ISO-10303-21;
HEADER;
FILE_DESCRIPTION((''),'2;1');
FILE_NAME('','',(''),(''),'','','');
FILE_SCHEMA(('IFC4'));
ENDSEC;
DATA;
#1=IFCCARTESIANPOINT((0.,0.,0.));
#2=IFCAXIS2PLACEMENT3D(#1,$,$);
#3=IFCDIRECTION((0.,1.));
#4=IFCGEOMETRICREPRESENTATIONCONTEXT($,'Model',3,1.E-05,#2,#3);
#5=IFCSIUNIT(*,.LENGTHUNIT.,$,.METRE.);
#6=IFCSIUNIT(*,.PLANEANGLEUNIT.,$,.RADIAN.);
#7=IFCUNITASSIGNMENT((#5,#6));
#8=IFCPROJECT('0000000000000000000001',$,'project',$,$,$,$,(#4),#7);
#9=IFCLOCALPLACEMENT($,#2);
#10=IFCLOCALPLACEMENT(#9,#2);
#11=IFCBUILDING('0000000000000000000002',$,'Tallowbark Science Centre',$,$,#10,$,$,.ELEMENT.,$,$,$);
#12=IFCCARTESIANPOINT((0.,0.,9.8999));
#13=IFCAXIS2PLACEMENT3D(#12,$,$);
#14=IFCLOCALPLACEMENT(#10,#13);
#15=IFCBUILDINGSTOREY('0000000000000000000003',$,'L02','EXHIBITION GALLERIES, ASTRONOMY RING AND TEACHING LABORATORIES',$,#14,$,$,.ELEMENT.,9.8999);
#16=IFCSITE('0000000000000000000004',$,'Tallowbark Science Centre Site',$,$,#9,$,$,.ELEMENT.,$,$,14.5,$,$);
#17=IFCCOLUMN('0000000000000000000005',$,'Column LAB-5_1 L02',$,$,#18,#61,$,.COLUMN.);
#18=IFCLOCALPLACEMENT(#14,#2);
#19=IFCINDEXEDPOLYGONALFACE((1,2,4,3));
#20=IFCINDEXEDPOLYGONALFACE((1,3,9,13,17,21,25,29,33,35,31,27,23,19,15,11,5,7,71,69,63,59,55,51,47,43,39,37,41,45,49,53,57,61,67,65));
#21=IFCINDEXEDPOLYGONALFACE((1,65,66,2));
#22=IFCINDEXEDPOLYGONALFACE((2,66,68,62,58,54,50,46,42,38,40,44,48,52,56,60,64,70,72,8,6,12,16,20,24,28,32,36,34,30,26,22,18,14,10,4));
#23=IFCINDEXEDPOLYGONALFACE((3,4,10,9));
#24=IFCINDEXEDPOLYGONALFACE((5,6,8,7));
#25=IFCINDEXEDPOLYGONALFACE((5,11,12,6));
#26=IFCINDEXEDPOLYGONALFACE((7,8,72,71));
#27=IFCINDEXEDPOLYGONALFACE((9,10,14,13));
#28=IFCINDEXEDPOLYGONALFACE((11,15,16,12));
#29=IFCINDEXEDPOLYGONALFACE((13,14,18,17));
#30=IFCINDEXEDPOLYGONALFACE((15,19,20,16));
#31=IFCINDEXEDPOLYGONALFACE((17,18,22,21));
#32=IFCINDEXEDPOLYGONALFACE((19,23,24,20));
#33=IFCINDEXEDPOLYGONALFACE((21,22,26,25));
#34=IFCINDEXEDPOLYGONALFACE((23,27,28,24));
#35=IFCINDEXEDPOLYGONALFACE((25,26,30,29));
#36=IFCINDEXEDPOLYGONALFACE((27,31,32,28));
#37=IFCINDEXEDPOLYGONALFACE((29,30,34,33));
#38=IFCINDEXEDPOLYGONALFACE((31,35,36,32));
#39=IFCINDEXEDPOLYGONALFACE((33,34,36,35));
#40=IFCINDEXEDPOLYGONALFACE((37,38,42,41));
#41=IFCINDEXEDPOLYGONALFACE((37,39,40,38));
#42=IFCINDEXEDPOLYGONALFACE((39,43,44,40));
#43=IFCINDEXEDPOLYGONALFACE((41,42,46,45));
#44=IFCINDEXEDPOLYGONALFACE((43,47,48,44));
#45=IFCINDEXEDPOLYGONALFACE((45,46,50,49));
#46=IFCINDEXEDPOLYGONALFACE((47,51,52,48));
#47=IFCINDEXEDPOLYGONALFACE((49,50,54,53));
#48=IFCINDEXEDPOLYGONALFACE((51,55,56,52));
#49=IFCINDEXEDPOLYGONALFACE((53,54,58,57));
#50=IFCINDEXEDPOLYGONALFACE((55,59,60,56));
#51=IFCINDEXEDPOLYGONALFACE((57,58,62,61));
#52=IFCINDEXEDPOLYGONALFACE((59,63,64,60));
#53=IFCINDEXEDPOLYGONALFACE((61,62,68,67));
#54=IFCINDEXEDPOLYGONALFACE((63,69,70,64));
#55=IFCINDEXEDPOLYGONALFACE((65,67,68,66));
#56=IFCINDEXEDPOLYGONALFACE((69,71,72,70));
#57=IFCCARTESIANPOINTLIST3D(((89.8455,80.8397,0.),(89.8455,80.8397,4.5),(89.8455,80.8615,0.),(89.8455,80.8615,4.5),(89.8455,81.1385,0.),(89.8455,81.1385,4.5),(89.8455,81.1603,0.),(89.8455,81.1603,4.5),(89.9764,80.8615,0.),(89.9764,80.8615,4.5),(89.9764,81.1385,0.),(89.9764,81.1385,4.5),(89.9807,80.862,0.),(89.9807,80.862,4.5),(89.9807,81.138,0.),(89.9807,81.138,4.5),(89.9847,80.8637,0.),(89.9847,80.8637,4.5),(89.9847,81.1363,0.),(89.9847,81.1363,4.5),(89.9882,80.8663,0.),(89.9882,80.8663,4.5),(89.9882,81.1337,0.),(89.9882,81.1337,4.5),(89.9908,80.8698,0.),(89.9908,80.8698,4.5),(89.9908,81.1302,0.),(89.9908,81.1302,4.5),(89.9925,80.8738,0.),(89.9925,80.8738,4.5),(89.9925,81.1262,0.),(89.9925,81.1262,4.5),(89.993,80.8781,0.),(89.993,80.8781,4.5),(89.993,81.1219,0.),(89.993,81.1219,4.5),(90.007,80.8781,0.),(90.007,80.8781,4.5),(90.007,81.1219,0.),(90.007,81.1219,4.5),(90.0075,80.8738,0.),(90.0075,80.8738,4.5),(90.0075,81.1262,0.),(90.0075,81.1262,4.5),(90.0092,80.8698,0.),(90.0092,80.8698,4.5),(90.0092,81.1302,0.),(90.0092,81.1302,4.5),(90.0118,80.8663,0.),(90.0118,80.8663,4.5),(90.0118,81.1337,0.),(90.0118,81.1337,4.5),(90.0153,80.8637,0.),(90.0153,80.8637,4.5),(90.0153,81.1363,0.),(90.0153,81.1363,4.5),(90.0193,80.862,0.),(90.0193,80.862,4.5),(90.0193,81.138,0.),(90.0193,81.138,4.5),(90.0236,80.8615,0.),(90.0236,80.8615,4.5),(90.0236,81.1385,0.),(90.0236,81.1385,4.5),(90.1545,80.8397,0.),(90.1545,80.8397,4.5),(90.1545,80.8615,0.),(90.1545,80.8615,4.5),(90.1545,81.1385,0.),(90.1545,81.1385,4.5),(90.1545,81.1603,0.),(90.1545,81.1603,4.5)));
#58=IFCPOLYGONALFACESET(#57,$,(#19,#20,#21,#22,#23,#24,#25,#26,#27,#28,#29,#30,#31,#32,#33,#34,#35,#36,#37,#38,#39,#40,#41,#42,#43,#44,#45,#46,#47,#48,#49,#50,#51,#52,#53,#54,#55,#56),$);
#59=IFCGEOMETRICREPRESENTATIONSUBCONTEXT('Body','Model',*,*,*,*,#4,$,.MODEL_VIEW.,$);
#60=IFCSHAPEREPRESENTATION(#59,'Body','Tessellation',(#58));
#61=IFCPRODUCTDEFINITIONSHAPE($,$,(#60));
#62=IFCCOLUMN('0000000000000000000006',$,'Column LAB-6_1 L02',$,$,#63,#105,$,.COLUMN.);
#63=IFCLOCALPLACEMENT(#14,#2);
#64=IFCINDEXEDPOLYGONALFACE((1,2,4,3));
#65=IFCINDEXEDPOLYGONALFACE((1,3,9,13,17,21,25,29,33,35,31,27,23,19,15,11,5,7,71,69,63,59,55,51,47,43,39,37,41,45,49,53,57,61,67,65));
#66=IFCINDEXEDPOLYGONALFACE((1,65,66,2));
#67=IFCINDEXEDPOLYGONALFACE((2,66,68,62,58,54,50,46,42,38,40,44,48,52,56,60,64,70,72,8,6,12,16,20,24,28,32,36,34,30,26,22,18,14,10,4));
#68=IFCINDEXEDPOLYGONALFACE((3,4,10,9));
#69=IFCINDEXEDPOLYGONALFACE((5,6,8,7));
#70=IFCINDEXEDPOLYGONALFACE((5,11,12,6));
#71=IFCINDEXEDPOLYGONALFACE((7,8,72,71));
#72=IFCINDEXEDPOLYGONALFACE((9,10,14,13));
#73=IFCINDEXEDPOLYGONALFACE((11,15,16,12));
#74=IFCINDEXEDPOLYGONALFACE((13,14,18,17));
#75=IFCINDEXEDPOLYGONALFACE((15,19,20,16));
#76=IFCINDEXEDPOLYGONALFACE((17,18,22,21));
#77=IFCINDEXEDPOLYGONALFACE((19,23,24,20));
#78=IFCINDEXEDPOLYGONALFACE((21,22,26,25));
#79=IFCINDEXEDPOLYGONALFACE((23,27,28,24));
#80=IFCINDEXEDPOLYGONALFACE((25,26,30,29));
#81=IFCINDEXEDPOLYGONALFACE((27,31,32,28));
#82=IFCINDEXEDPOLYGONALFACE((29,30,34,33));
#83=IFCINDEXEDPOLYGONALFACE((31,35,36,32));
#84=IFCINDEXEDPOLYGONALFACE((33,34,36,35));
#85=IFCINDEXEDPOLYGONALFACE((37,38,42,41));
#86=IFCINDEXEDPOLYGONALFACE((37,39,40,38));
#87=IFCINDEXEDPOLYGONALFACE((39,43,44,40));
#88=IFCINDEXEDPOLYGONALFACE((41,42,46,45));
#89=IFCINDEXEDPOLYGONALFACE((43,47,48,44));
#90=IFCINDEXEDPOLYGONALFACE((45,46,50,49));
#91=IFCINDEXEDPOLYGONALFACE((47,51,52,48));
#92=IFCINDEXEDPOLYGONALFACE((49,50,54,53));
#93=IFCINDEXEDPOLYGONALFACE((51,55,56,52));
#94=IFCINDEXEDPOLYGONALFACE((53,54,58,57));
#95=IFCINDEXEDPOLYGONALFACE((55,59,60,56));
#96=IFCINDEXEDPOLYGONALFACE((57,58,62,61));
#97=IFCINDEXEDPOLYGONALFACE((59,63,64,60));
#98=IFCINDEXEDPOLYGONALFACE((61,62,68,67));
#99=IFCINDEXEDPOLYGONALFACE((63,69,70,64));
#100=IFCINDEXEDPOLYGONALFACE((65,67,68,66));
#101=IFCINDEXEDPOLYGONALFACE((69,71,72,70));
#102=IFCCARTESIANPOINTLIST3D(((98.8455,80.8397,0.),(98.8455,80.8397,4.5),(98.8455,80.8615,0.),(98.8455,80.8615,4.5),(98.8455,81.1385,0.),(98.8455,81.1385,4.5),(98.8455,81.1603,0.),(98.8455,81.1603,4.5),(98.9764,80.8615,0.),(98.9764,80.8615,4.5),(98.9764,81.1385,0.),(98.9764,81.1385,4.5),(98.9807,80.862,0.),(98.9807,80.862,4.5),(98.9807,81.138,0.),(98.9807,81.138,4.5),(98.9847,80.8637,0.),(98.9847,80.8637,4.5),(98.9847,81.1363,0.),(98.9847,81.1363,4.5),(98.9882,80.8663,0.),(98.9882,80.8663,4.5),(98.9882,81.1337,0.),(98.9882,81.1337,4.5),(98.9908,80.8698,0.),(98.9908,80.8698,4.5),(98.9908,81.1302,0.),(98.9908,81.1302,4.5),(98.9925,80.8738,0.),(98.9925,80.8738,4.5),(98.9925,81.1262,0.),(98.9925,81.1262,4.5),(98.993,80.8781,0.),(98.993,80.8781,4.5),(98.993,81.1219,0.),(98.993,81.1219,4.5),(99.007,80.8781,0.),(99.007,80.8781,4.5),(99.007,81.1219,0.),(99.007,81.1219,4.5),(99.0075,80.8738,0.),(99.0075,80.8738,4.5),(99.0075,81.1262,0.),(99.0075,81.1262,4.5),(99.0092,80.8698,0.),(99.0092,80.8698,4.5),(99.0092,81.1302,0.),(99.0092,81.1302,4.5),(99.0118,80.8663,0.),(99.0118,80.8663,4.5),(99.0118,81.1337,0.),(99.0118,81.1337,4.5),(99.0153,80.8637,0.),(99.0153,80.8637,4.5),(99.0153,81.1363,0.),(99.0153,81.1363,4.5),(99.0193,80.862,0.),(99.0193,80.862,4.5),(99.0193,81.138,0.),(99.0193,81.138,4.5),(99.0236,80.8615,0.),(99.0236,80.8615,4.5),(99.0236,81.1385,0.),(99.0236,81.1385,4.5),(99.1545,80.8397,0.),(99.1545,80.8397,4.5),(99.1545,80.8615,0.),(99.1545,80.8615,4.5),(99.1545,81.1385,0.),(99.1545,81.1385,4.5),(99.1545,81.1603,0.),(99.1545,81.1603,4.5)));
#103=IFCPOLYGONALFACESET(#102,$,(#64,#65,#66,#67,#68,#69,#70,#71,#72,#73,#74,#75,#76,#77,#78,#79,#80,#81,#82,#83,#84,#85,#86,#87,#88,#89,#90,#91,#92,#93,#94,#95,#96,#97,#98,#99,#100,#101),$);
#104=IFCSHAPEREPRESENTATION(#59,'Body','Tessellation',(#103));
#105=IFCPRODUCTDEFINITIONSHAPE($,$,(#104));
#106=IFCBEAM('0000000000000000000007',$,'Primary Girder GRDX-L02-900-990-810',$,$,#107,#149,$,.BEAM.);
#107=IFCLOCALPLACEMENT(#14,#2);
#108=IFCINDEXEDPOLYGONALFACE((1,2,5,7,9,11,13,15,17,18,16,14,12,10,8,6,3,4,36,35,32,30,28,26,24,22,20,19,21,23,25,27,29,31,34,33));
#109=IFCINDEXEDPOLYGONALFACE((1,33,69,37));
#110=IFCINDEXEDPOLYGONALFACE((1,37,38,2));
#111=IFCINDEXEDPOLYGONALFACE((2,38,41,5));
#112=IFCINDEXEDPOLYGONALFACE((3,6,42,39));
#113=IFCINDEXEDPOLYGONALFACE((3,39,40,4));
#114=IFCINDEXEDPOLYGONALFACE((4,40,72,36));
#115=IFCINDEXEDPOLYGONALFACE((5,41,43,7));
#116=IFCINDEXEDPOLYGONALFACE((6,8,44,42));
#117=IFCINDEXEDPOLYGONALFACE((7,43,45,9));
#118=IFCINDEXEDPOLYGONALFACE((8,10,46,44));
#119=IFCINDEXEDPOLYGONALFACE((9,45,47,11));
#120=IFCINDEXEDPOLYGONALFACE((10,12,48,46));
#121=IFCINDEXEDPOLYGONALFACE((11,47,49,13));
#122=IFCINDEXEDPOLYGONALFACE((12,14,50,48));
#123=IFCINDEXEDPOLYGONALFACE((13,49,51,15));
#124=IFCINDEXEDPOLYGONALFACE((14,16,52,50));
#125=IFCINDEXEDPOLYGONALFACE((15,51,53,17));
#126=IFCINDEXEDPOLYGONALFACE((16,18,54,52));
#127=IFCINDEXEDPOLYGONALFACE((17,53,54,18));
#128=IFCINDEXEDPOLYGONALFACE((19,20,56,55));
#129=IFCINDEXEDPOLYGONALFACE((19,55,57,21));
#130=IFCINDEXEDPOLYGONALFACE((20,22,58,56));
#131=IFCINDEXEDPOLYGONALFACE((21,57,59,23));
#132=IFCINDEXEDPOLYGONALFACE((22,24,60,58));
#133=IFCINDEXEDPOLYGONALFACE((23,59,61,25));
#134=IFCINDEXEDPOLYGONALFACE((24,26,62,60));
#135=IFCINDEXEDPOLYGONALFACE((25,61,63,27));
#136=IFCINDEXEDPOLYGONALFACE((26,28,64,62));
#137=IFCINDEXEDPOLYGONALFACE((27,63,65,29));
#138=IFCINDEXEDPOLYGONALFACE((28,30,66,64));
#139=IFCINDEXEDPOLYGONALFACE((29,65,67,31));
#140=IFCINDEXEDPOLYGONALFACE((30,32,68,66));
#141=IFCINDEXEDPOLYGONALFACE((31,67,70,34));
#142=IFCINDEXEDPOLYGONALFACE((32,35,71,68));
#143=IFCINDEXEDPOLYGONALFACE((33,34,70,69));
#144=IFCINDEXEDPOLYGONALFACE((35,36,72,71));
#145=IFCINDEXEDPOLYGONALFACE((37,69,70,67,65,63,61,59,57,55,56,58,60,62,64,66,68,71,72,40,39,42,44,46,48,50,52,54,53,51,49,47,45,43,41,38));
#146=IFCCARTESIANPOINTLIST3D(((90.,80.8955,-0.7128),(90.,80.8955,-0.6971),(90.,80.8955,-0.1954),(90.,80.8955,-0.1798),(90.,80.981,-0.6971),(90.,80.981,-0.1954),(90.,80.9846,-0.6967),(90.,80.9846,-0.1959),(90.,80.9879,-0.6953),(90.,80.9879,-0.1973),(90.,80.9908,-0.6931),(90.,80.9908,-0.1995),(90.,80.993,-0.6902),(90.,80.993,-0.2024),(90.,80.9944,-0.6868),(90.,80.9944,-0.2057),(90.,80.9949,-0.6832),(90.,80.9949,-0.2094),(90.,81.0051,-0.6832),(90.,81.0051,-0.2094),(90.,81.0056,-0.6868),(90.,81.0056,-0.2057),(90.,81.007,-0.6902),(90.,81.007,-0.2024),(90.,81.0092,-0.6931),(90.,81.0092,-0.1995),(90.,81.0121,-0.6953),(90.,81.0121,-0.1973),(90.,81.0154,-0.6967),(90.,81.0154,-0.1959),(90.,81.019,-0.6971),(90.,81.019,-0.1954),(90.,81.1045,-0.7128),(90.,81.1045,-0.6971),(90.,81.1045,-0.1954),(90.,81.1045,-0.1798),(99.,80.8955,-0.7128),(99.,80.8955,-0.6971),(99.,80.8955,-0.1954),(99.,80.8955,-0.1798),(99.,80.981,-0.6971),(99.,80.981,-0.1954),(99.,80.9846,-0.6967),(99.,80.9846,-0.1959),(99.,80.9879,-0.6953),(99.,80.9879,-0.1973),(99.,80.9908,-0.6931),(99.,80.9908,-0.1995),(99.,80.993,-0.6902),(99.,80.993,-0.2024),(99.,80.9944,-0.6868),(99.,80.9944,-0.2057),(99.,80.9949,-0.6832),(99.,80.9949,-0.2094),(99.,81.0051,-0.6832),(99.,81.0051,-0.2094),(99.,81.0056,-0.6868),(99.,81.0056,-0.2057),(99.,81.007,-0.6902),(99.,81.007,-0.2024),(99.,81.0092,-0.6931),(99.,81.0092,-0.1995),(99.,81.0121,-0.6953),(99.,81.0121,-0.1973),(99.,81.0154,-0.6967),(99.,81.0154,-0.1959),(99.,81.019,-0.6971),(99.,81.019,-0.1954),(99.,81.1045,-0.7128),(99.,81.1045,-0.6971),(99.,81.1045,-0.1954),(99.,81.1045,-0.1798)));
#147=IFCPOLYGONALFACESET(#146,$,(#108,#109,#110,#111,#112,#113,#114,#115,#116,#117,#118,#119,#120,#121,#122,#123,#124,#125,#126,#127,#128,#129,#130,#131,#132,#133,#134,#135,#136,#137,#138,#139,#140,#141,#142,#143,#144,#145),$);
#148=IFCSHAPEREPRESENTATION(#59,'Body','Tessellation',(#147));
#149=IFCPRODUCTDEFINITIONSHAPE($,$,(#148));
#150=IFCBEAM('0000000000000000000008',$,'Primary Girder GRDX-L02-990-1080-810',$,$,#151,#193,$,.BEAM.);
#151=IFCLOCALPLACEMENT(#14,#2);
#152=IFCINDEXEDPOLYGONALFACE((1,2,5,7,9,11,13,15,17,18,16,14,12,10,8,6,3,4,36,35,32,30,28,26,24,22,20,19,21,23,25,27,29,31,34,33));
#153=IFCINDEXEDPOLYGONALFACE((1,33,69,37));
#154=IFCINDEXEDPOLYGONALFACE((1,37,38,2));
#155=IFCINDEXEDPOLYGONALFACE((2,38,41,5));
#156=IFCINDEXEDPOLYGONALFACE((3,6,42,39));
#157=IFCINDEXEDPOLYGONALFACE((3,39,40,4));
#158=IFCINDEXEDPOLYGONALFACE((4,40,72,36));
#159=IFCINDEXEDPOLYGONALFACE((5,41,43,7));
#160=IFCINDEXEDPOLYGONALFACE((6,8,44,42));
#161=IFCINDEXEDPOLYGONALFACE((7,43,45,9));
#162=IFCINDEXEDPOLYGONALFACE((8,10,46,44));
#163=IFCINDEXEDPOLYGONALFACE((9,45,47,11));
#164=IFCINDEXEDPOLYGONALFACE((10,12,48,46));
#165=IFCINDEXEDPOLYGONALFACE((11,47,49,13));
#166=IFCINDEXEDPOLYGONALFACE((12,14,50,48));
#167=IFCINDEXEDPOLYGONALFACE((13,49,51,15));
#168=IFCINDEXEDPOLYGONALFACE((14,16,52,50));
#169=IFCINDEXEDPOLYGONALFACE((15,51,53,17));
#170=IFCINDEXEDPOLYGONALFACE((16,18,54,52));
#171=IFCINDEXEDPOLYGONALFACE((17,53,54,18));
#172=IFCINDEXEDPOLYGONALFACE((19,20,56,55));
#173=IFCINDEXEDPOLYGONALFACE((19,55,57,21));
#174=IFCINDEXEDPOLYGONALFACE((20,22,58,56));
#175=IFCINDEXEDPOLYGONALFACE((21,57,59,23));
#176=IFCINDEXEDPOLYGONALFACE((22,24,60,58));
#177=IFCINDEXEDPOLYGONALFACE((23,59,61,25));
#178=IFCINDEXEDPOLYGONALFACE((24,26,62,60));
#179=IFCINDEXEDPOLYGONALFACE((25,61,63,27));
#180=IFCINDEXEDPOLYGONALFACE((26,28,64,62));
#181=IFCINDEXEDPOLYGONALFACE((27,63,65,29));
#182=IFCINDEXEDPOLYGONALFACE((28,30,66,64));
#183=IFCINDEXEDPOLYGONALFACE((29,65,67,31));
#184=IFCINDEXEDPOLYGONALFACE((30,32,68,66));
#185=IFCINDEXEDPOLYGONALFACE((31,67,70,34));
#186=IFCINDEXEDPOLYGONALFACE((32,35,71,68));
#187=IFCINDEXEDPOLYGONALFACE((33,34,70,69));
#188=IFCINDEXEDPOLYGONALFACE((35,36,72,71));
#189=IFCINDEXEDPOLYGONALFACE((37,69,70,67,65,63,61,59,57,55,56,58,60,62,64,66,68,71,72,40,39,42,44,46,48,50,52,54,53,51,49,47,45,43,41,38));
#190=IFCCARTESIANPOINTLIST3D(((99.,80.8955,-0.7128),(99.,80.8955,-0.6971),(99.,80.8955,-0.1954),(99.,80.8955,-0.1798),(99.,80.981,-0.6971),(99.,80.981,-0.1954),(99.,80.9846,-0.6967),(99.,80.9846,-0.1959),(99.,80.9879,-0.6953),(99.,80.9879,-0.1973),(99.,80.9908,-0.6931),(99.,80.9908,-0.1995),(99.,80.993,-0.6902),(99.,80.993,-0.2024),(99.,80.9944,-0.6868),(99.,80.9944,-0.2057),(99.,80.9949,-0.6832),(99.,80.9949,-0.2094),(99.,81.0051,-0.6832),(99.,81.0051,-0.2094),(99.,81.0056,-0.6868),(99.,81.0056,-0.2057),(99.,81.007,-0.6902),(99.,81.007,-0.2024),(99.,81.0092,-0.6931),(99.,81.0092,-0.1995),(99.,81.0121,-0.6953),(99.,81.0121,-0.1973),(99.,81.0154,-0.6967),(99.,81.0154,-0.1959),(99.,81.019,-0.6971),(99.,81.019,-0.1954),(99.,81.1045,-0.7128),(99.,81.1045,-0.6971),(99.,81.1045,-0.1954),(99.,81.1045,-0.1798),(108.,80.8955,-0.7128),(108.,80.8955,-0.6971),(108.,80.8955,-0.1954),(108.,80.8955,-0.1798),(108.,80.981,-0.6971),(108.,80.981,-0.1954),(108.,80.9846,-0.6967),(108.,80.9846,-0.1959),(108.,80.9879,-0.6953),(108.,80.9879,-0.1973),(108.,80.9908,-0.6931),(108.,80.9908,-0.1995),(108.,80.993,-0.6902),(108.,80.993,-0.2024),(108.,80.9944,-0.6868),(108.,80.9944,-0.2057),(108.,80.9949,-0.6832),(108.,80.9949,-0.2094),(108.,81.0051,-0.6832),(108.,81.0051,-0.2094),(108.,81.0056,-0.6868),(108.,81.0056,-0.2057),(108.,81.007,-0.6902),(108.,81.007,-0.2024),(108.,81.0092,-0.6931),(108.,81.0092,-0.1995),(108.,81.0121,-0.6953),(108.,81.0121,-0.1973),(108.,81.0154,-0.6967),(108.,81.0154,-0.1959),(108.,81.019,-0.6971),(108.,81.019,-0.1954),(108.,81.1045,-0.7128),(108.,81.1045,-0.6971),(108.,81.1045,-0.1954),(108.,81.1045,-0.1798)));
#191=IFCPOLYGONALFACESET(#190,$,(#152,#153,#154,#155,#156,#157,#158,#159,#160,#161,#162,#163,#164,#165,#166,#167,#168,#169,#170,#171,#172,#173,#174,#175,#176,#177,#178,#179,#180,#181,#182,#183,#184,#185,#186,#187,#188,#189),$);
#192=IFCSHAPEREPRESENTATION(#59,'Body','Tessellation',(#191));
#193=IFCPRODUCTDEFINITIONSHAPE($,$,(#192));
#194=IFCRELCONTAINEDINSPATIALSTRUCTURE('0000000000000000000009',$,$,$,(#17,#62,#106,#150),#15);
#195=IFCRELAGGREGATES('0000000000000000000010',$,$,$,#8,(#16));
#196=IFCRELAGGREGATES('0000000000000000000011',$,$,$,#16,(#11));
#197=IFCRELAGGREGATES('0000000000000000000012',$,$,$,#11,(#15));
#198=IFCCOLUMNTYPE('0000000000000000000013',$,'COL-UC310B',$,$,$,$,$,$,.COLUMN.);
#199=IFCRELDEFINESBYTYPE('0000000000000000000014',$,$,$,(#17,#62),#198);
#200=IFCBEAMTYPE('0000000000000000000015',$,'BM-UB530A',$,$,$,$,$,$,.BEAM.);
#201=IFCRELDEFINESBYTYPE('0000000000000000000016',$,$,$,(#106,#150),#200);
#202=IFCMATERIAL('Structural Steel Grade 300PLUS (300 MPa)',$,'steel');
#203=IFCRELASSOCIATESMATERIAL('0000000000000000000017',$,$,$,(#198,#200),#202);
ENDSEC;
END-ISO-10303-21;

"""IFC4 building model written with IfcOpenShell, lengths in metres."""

from ifc_helpers import new_model, si_unit, direction, frame, origin, origin_2d, place, context, subcontext, project, spatial, i_section, extrude, material, material_profile, profile_set, type_object, element, save


model = new_model("IFC4")

# Units and contexts
model_context = context("Model", 3, precision=1e-05, world=origin(), true_north=direction((0.0, 1.0)))
body_context = subcontext(model_context, "Body", "Model", "MODEL_VIEW")
ifc_project = project(units=[si_unit("LENGTHUNIT", "METRE"), si_unit("PLANEANGLEUNIT", "RADIAN")], contexts=[model_context])

# Site, building, storey
site_placement = place(None, origin())
site = spatial("IfcSite", under=ifc_project, at=site_placement, Name="Tallowbark Science Centre Site", CompositionType="ELEMENT", RefElevation=14.5)
building_placement = place(site_placement, origin())
building = spatial("IfcBuilding", under=site, at=building_placement, Name="Tallowbark Science Centre", CompositionType="ELEMENT")
storey_placement = place(building_placement, frame((0.0, 0.0, 9.8999)))
storey = spatial("IfcBuildingStorey", under=building, at=storey_placement, Name="L02", Description="EXHIBITION GALLERIES, ASTRONOMY RING AND TEACHING LABORATORIES", CompositionType="ELEMENT", Elevation=9.8999)

# Columns
ifc_material_1 = material(Name="Structural Steel Grade 300PLUS (300 MPa)", Category="steel")
ifc_material_profile_1 = material_profile(ifc_material_1, i_section(OverallWidth=0.3091, OverallDepth=0.3206, WebThickness=0.0139, FlangeThickness=0.0217, FilletRadius=0.0166, at=origin_2d()), Name="310UC137")
ifc_profile_set_1 = profile_set([ifc_material_profile_1], Name="Structural Steel Grade 300PLUS (300 MPa)")
column_type = type_object("IfcColumnType", Name="COL-UC310B", PredefinedType="COLUMN", material=ifc_profile_set_1)
for number, where, z_axis, x_axis, name in (
    (1, (90.0, 81.0, 0.0), (0.0, 0.0, 1.0), (1.0, 0.0, 0.0), "Column LAB-5_1 L02"),
    (2, (99.0, 81.0, 0.0), (0.0, 0.0, 1.0), (1.0, 0.0, 0.0), "Column LAB-6_1 L02"),
):
    element("IfcColumn", number, at=place(storey_placement, frame(where, z_axis=z_axis, x_axis=x_axis)), inside=storey, type_object=column_type, Name=name, PredefinedType="COLUMN", context=body_context, shape_type="SweptSolid", body=[
        extrude(i_section(OverallWidth=0.3091, OverallDepth=0.3206, WebThickness=0.0139, FlangeThickness=0.0217, FilletRadius=0.0166, at=origin_2d()), origin(), (0.0, 0.0, 1.0), 4.5),
    ])

# Beams
ifc_material_profile_2 = material_profile(ifc_material_1, i_section(OverallWidth=0.209, OverallDepth=0.533, WebThickness=0.0103, FlangeThickness=0.0156, FilletRadius=0.0139, at=origin_2d()), Name="530UB92.4")
ifc_profile_set_2 = profile_set([ifc_material_profile_2], Name="Structural Steel Grade 300PLUS (300 MPa)")
beam_type_1 = type_object("IfcBeamType", Name="BM-UB530A", PredefinedType="BEAM", material=ifc_profile_set_2)
for number, where, z_axis, x_axis, name in (
    (3, (90.0, 81.0, -0.4463), (1.0, 0.0, 0.0), (0.0, 1.0, 0.0), "Primary Girder GRDX-L02-900-990-810"),
    (4, (99.0, 81.0, -0.4463), (1.0, 0.0, 0.0), (0.0, 1.0, 0.0), "Primary Girder GRDX-L02-990-1080-810"),
):
    element("IfcBeam", number, at=place(storey_placement, frame(where, z_axis=z_axis, x_axis=x_axis)), inside=storey, type_object=beam_type_1, Name=name, PredefinedType="BEAM", context=body_context, shape_type="SweptSolid", body=[
        extrude(i_section(OverallWidth=0.209, OverallDepth=0.533, WebThickness=0.0103, FlangeThickness=0.0156, FilletRadius=0.0139, at=origin_2d()), origin(), (0.0, 0.0, 1.0), 9.0),
    ])

save(model, "model.ifc")
